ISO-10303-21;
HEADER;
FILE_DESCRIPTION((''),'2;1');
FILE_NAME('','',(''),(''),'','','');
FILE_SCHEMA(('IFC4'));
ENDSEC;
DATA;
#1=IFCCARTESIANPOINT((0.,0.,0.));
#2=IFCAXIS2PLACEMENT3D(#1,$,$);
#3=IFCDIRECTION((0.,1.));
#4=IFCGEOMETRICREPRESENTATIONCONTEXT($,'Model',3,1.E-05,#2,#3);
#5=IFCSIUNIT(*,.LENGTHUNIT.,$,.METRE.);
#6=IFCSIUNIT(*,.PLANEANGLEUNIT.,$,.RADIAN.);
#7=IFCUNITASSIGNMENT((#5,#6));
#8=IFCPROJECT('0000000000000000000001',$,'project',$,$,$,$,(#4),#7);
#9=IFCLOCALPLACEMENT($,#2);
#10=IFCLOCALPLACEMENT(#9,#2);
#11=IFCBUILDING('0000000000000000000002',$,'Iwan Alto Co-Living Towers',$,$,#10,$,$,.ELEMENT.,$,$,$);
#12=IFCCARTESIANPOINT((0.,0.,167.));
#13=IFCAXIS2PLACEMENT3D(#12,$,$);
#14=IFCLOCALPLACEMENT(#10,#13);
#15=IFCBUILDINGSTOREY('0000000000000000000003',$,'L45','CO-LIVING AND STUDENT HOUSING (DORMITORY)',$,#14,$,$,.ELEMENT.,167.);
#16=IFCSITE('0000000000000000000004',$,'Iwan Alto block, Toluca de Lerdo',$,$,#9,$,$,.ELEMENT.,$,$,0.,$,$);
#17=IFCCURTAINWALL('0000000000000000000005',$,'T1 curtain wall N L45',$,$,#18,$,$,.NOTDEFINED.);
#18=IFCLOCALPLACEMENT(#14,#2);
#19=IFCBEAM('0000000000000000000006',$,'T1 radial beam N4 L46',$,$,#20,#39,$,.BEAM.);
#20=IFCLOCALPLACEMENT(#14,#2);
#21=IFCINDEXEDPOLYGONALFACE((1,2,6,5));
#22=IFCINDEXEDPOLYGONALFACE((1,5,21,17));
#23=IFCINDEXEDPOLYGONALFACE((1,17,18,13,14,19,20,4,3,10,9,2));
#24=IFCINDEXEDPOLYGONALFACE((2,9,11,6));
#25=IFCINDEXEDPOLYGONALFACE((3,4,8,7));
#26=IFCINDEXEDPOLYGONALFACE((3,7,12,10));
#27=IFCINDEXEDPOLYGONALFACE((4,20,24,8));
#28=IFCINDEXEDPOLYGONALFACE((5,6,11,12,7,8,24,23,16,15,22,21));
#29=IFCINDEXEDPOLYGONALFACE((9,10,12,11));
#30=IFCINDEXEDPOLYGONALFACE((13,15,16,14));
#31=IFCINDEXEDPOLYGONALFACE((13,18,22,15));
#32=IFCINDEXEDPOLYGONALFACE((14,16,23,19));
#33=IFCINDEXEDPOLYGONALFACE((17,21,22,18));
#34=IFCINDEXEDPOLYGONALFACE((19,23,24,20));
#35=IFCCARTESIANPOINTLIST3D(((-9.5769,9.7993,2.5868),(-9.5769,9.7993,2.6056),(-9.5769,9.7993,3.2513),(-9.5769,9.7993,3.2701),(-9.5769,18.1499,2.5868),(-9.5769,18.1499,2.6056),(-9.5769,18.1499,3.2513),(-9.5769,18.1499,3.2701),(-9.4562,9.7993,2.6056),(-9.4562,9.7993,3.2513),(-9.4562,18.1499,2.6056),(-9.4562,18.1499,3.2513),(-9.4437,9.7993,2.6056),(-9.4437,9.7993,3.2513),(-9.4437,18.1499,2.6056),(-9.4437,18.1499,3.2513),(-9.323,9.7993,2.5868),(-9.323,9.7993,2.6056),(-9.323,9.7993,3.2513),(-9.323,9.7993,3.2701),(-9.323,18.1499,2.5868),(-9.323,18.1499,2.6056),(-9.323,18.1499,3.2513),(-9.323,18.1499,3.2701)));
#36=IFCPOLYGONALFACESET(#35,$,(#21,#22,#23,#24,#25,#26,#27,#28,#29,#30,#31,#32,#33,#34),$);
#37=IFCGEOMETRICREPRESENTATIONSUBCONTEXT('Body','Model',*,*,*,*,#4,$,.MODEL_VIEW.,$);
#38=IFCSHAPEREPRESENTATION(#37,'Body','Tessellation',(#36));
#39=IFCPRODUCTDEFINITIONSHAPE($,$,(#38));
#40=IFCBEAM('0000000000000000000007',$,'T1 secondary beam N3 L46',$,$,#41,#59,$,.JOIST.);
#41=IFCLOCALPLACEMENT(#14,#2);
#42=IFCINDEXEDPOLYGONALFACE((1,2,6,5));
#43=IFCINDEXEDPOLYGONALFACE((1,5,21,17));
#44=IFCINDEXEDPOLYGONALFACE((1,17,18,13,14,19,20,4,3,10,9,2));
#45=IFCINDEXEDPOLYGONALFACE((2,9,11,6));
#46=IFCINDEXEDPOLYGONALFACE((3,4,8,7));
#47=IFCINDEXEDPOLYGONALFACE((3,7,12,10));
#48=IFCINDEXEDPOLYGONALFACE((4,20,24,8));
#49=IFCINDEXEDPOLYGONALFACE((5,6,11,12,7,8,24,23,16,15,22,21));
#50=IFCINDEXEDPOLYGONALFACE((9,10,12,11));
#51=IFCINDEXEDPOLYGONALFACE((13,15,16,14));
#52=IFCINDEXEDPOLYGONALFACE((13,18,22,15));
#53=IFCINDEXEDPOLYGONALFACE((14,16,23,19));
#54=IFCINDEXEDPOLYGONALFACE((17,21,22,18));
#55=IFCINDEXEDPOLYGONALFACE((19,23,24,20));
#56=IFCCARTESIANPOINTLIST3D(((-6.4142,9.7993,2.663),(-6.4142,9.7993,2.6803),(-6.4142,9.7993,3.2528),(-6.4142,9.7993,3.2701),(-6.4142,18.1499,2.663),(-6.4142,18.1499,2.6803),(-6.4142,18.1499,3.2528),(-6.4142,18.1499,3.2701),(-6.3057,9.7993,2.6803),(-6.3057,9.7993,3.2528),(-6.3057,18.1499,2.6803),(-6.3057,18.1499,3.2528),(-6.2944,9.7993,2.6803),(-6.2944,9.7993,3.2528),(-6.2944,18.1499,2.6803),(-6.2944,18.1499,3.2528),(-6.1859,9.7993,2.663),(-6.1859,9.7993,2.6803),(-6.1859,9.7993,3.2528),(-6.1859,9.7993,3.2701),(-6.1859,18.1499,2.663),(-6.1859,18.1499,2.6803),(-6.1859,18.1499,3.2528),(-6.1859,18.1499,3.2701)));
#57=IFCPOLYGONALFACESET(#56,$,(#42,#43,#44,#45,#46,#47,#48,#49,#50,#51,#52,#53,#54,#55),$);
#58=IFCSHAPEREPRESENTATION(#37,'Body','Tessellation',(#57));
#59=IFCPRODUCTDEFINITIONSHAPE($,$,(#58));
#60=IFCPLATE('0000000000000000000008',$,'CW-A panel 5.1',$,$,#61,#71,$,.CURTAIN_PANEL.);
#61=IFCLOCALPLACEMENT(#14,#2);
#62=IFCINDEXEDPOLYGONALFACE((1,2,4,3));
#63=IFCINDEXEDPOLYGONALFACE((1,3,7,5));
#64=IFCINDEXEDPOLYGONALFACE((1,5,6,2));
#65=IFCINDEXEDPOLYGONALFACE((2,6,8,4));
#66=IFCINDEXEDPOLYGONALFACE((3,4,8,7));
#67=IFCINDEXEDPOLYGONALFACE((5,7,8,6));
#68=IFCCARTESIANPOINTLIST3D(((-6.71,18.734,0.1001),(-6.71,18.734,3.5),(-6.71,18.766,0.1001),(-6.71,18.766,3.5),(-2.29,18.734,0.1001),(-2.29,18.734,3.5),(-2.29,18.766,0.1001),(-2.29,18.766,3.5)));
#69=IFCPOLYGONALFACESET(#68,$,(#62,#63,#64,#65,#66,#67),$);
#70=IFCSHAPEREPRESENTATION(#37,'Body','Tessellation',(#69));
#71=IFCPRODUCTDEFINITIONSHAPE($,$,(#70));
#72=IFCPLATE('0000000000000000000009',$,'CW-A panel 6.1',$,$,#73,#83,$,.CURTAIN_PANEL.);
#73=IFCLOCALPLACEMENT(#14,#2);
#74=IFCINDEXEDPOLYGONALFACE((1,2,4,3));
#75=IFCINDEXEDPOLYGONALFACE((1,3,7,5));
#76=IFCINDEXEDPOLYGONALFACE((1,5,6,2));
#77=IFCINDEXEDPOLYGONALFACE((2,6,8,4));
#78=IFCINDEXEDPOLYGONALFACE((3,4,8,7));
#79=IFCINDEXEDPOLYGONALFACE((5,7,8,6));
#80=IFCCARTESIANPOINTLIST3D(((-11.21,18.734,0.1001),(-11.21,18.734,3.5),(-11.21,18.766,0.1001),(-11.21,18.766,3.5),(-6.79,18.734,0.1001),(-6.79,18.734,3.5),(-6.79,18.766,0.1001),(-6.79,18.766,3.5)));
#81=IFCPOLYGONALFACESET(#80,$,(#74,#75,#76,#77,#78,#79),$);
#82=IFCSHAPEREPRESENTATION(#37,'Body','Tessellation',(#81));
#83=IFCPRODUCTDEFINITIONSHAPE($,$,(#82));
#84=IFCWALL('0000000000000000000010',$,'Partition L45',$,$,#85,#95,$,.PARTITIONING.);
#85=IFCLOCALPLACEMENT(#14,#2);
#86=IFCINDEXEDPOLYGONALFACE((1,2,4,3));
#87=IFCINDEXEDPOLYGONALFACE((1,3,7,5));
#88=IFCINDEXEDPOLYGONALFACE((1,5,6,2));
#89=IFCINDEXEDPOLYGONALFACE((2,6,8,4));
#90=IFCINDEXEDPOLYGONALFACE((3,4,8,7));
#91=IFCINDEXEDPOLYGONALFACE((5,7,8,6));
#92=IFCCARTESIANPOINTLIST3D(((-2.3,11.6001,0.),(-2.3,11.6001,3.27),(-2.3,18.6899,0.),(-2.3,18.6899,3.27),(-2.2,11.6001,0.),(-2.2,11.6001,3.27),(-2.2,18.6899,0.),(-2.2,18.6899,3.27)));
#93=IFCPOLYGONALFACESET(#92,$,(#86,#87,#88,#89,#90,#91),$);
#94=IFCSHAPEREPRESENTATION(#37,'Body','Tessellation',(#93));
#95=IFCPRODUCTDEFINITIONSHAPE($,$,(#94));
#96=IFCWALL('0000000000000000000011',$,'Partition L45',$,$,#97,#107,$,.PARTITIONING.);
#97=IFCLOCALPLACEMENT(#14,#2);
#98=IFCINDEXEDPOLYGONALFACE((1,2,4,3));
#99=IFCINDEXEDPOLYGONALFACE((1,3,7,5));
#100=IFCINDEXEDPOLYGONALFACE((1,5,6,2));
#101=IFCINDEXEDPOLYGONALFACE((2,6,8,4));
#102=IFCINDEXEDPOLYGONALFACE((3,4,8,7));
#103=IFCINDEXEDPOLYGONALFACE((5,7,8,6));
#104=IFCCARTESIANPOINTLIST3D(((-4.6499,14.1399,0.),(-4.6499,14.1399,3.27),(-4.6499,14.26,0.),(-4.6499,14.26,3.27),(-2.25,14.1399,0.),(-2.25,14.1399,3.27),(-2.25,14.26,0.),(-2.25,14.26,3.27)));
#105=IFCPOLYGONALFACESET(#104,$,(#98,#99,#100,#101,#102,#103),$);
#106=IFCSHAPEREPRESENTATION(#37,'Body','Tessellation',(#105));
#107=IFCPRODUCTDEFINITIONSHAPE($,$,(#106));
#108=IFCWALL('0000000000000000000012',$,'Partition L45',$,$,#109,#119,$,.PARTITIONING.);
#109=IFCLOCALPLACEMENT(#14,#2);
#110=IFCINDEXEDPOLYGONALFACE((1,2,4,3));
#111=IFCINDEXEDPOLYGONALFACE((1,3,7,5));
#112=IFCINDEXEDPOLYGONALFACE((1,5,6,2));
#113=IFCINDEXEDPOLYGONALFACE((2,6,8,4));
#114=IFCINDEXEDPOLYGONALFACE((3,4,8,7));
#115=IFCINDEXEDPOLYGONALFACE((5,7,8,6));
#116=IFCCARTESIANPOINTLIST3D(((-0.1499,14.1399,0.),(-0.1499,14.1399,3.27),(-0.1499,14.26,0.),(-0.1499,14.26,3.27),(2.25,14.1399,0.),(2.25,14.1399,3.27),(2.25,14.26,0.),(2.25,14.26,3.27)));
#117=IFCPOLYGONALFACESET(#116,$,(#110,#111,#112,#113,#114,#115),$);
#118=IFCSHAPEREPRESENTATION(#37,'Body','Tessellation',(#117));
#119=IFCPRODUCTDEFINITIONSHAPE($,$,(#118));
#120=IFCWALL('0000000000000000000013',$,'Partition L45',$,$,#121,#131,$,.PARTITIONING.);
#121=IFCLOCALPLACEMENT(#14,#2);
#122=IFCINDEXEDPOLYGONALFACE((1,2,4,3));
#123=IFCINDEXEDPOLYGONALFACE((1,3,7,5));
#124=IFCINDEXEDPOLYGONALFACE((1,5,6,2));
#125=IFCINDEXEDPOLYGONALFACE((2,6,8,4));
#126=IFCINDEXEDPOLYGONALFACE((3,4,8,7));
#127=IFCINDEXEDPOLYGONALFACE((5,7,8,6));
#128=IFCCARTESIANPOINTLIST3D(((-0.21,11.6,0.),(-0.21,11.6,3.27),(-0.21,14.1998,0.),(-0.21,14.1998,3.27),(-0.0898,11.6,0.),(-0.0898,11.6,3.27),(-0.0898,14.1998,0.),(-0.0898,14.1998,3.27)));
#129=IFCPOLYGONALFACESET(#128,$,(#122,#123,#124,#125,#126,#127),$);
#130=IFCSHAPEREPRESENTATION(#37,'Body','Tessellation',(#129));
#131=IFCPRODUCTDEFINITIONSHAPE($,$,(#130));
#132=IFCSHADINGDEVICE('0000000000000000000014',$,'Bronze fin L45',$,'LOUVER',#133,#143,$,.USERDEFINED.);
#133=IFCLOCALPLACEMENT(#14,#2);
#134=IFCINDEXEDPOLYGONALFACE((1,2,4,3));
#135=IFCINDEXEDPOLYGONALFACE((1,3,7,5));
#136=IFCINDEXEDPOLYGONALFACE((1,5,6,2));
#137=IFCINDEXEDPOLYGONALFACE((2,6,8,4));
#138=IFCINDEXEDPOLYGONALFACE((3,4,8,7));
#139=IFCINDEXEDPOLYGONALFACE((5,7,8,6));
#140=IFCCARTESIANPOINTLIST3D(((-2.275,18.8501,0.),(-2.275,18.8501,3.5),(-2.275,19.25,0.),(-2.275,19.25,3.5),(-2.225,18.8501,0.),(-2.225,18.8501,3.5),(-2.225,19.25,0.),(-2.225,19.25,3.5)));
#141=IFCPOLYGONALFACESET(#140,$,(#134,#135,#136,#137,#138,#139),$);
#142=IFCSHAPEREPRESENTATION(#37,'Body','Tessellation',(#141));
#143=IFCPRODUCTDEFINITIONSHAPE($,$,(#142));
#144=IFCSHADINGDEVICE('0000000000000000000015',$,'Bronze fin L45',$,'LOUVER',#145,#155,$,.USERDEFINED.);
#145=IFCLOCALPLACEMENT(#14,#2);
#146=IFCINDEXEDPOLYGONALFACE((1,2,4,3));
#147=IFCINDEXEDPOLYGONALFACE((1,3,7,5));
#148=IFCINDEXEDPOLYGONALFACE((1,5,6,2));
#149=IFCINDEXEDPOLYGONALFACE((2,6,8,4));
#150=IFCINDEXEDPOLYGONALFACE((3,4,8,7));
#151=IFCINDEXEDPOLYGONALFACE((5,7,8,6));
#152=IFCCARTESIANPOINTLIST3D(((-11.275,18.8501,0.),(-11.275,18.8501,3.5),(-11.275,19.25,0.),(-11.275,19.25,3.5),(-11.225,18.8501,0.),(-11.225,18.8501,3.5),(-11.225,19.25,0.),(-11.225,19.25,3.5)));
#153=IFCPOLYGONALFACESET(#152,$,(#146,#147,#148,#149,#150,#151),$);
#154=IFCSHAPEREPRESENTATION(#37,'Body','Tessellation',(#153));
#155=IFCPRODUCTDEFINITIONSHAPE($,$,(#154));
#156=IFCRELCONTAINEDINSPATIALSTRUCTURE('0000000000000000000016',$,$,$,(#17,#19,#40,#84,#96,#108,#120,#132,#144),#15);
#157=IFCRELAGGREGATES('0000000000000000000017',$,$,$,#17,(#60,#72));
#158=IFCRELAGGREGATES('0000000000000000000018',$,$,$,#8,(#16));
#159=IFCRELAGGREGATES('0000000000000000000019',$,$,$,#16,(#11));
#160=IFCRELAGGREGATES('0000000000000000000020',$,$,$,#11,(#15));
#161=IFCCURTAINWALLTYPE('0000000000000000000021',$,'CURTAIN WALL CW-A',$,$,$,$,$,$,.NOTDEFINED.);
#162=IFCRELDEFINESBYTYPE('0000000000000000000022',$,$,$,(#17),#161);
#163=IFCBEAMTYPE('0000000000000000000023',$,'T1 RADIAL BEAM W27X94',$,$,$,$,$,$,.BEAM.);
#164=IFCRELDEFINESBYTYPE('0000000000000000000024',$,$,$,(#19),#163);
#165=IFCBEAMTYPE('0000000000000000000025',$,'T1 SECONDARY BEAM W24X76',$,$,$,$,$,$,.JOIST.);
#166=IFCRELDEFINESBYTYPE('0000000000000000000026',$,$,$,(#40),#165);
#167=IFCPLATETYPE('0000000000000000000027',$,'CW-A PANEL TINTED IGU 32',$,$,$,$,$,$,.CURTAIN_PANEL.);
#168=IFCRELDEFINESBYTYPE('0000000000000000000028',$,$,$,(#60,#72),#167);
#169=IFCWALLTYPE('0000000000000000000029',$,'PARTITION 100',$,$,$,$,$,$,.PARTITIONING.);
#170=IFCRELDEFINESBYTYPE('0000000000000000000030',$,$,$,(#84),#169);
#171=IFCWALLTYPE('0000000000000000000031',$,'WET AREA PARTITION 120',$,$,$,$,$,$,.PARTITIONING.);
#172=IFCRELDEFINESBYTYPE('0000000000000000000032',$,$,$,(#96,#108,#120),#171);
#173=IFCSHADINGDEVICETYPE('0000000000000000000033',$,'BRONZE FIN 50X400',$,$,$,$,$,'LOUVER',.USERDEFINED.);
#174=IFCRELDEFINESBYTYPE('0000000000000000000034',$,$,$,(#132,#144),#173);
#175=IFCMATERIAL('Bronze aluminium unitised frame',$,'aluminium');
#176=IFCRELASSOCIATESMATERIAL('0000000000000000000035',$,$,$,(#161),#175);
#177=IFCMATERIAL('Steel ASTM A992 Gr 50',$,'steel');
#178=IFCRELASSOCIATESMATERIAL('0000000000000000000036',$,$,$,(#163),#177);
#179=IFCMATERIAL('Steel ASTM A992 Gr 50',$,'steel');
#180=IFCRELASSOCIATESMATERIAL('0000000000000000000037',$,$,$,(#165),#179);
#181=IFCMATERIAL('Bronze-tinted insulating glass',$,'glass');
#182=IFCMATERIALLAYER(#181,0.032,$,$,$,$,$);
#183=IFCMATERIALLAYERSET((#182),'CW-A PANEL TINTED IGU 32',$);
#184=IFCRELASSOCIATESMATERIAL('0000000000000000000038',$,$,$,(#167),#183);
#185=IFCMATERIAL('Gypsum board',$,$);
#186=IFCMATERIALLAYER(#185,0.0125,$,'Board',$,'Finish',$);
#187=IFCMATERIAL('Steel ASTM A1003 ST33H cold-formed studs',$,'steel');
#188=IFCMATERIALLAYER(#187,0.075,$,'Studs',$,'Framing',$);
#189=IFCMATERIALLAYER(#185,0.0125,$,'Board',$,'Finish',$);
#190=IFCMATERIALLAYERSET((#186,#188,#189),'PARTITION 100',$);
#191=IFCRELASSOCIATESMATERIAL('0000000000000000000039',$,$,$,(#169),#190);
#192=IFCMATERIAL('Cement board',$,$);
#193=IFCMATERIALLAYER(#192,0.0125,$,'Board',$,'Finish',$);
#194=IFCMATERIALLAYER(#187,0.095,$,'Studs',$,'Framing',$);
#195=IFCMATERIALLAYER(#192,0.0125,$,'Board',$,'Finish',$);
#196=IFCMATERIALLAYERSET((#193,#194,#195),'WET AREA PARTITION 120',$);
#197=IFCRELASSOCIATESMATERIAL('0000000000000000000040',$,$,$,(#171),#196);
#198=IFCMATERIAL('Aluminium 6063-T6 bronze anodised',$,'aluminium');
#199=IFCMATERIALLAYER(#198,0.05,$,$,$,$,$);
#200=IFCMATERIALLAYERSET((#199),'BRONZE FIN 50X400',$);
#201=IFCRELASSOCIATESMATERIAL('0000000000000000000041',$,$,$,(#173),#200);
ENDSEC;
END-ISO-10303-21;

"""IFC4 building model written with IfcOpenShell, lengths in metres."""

from ifc_helpers import new_model, si_unit, direction, frame, frame_2d, origin, origin_2d, place, context, subcontext, project, spatial, rectangle, i_section, extrude, material, layer, layer_set, material_profile, profile_set, type_object, element, aggregate, save


model = new_model("IFC4")

# Units and contexts
model_context = context("Model", 3, precision=1e-05, world=origin(), true_north=direction((0.0, 1.0)))
body_context = subcontext(model_context, "Body", "Model", "MODEL_VIEW")
ifc_project = project(units=[si_unit("LENGTHUNIT", "METRE"), si_unit("PLANEANGLEUNIT", "RADIAN")], contexts=[model_context])

# Site, building, storey
site_placement = place(None, origin())
site = spatial("IfcSite", under=ifc_project, at=site_placement, Name="Iwan Alto block, Toluca de Lerdo", CompositionType="ELEMENT", RefElevation=0.0)
building_placement = place(site_placement, origin())
building = spatial("IfcBuilding", under=site, at=building_placement, Name="Iwan Alto Co-Living Towers", CompositionType="ELEMENT")
storey_placement = place(building_placement, frame((0.0, 0.0, 167.0)))
storey = spatial("IfcBuildingStorey", under=building, at=storey_placement, Name="L45", Description="CO-LIVING AND STUDENT HOUSING (DORMITORY)", CompositionType="ELEMENT", Elevation=167.0)

# Curtain wall
ifc_material_1 = material(Name="Bronze aluminium unitised frame", Category="aluminium")
curtain_wall_type = type_object("IfcCurtainWallType", Name="CURTAIN WALL CW-A", PredefinedType="NOTDEFINED", material=ifc_material_1)
curtain_wall_placement = place(storey_placement, origin())
curtain_wall = element("IfcCurtainWall", 1, at=curtain_wall_placement, inside=storey, type_object=curtain_wall_type, Name="T1 curtain wall N L45", PredefinedType="NOTDEFINED")

# Beams
ifc_material_2 = material(Name="Steel ASTM A992 Gr 50", Category="steel")
ifc_material_profile_1 = material_profile(ifc_material_2, i_section(OverallWidth=0.2539, OverallDepth=0.6833, WebThickness=0.0125, FlangeThickness=0.0188, at=origin_2d()), Name="W27X94")
ifc_profile_set_1 = profile_set([ifc_material_profile_1], Name="Steel ASTM A992 Gr 50")
beam_type_1 = type_object("IfcBeamType", Name="T1 RADIAL BEAM W27X94", PredefinedType="BEAM", material=ifc_profile_set_1)
for number, where, z_axis, x_axis, name in (
    (2, (-9.45, 18.1499, 2.9285), (0.0, -1.0, 0.0), (1.0, 0.0, 0.0), "T1 radial beam N4 L46"),
):
    element("IfcBeam", number, at=place(storey_placement, frame(where, z_axis=z_axis, x_axis=x_axis)), inside=storey, type_object=beam_type_1, Name=name, PredefinedType="BEAM", context=body_context, shape_type="SweptSolid", body=[
        extrude(i_section(OverallWidth=0.2539, OverallDepth=0.6833, WebThickness=0.0125, FlangeThickness=0.0188, at=origin_2d()), origin(), (0.0, 0.0, 1.0), 8.3506),
    ])
ifc_material_3 = material(Name="Steel ASTM A992 Gr 50", Category="steel")
ifc_material_profile_2 = material_profile(ifc_material_3, i_section(OverallWidth=0.2283, OverallDepth=0.6072, WebThickness=0.0112, FlangeThickness=0.0173, at=origin_2d()), Name="W24X76")
ifc_profile_set_2 = profile_set([ifc_material_profile_2], Name="Steel ASTM A992 Gr 50")
beam_type_2 = type_object("IfcBeamType", Name="T1 SECONDARY BEAM W24X76", PredefinedType="JOIST", material=ifc_profile_set_2)
beam_1_placement = place(storey_placement, frame((-6.3, 18.1499, 2.9666), z_axis=(0.0, -1.0, 0.0), x_axis=(1.0, 0.0, 0.0)))
element("IfcBeam", 3, at=beam_1_placement, inside=storey, type_object=beam_type_2, Name="T1 secondary beam N3 L46", PredefinedType="JOIST", context=body_context, shape_type="SweptSolid", body=[
    extrude(i_section(OverallWidth=0.2283, OverallDepth=0.6072, WebThickness=0.0112, FlangeThickness=0.0173, at=origin_2d()), origin(), (0.0, 0.0, 1.0), 8.3506),
])

# Plates
ifc_material_4 = material(Name="Bronze-tinted insulating glass", Category="glass")
ifc_layer_1 = layer(ifc_material_4, 0.032)
ifc_layer_set_1 = layer_set([ifc_layer_1], Name="CW-A PANEL TINTED IGU 32")
plate_type = type_object("IfcPlateType", Name="CW-A PANEL TINTED IGU 32", PredefinedType="CURTAIN_PANEL", material=ifc_layer_set_1)
plate_1_placement = place(storey_placement, frame((-4.5, 18.75, 0.1001), z_axis=(0.0, 0.0, 1.0), x_axis=(-1.0, 0.0, 0.0)))
plate_1 = element("IfcPlate", 4, at=plate_1_placement, type_object=plate_type, Name="CW-A panel 5.1", PredefinedType="CURTAIN_PANEL", context=body_context, shape_type="SweptSolid", body=[
    extrude(rectangle(XDim=4.4199, YDim=0.032, at=origin_2d()), origin(), (0.0, 0.0, 1.0), 3.3999),
])
plate_2_placement = place(storey_placement, frame((-9.0, 18.75, 0.1001), z_axis=(0.0, 0.0, 1.0), x_axis=(-1.0, 0.0, 0.0)))
plate_2 = element("IfcPlate", 5, at=plate_2_placement, type_object=plate_type, Name="CW-A panel 6.1", PredefinedType="CURTAIN_PANEL", context=body_context, shape_type="SweptSolid", body=[
    extrude(rectangle(XDim=4.4199, YDim=0.032, at=origin_2d()), origin(), (0.0, 0.0, 1.0), 3.3999),
])
aggregate(curtain_wall, [plate_1, plate_2])

# Walls
ifc_material_5 = material(Name="Gypsum board")
ifc_layer_2 = layer(ifc_material_5, 0.0125, Name="Board", Category="Finish")
ifc_material_6 = material(Name="Steel ASTM A1003 ST33H cold-formed studs", Category="steel")
ifc_layer_3 = layer(ifc_material_6, 0.075, Name="Studs", Category="Framing")
ifc_layer_4 = layer(ifc_material_5, 0.0125, Name="Board", Category="Finish")
ifc_layer_set_2 = layer_set([ifc_layer_2, ifc_layer_3, ifc_layer_4], Name="PARTITION 100")
wall_type_1 = type_object("IfcWallType", Name="PARTITION 100", PredefinedType="PARTITIONING", material=ifc_layer_set_2)
wall_1_placement = place(storey_placement, frame((-2.25, 11.6001, 0.0), z_axis=(0.0, 0.0, 1.0), x_axis=(0.0, 1.0, 0.0)))
element("IfcWall", 6, at=wall_1_placement, inside=storey, type_object=wall_type_1, Name="Partition L45", PredefinedType="PARTITIONING", context=body_context, shape_type="SweptSolid", body=[
    extrude(rectangle(XDim=7.0898, YDim=0.1001, at=frame_2d((3.5449, 0.0))), origin(), (0.0, 0.0, 1.0), 3.27),
])
ifc_material_7 = material(Name="Cement board")
ifc_layer_5 = layer(ifc_material_7, 0.0125, Name="Board", Category="Finish")
ifc_layer_6 = layer(ifc_material_6, 0.095, Name="Studs", Category="Framing")
ifc_layer_7 = layer(ifc_material_7, 0.0125, Name="Board", Category="Finish")
ifc_layer_set_3 = layer_set([ifc_layer_5, ifc_layer_6, ifc_layer_7], Name="WET AREA PARTITION 120")
wall_type_2 = type_object("IfcWallType", Name="WET AREA PARTITION 120", PredefinedType="PARTITIONING", material=ifc_layer_set_3)
for number, where, z_axis, x_axis, name in (
    (7, (-4.6499, 14.2, 0.0), (0.0, 0.0, 1.0), (1.0, 0.0, 0.0), "Partition L45"),
    (8, (-0.1499, 14.2, 0.0), (0.0, 0.0, 1.0), (1.0, 0.0, 0.0), "Partition L45"),
):
    element("IfcWall", number, at=place(storey_placement, frame(where, z_axis=z_axis, x_axis=x_axis)), inside=storey, type_object=wall_type_2, Name=name, PredefinedType="PARTITIONING", context=body_context, shape_type="SweptSolid", body=[
        extrude(rectangle(XDim=2.3999, YDim=0.1201, at=frame_2d((1.2, 0.0))), origin(), (0.0, 0.0, 1.0), 3.27),
    ])
wall_2_placement = place(storey_placement, frame((-0.1499, 11.6001, 0.0), z_axis=(0.0, 0.0, 1.0), x_axis=(0.0, 1.0, 0.0)))
element("IfcWall", 9, at=wall_2_placement, inside=storey, type_object=wall_type_2, Name="Partition L45", PredefinedType="PARTITIONING", context=body_context, shape_type="SweptSolid", body=[
    extrude(rectangle(XDim=2.5999, YDim=0.1201, at=frame_2d((1.2998, 0.0))), origin(), (0.0, 0.0, 1.0), 3.27),
])

# Shading devices
ifc_material_8 = material(Name="Aluminium 6063-T6 bronze anodised", Category="aluminium")
ifc_layer_8 = layer(ifc_material_8, 0.05)
ifc_layer_set_4 = layer_set([ifc_layer_8], Name="BRONZE FIN 50X400")
shading_device_type = type_object("IfcShadingDeviceType", Name="BRONZE FIN 50X400", ElementType="LOUVER", PredefinedType="USERDEFINED", material=ifc_layer_set_4)
for number, where, z_axis, x_axis, name in (
    (10, (-2.25, 19.05, 0.0), (0.0, 0.0, 1.0), (-1.0, 0.0, 0.0), "Bronze fin L45"),
    (11, (-11.25, 19.05, 0.0), (0.0, 0.0, 1.0), (-1.0, 0.0, 0.0), "Bronze fin L45"),
):
    element("IfcShadingDevice", number, at=place(storey_placement, frame(where, z_axis=z_axis, x_axis=x_axis)), inside=storey, type_object=shading_device_type, Name=name, ObjectType="LOUVER", PredefinedType="USERDEFINED", context=body_context, shape_type="SweptSolid", body=[
        extrude(rectangle(XDim=0.05, YDim=0.3999, at=origin_2d()), origin(), (0.0, 0.0, 1.0), 3.5),
    ])

save(model, "model.ifc")
